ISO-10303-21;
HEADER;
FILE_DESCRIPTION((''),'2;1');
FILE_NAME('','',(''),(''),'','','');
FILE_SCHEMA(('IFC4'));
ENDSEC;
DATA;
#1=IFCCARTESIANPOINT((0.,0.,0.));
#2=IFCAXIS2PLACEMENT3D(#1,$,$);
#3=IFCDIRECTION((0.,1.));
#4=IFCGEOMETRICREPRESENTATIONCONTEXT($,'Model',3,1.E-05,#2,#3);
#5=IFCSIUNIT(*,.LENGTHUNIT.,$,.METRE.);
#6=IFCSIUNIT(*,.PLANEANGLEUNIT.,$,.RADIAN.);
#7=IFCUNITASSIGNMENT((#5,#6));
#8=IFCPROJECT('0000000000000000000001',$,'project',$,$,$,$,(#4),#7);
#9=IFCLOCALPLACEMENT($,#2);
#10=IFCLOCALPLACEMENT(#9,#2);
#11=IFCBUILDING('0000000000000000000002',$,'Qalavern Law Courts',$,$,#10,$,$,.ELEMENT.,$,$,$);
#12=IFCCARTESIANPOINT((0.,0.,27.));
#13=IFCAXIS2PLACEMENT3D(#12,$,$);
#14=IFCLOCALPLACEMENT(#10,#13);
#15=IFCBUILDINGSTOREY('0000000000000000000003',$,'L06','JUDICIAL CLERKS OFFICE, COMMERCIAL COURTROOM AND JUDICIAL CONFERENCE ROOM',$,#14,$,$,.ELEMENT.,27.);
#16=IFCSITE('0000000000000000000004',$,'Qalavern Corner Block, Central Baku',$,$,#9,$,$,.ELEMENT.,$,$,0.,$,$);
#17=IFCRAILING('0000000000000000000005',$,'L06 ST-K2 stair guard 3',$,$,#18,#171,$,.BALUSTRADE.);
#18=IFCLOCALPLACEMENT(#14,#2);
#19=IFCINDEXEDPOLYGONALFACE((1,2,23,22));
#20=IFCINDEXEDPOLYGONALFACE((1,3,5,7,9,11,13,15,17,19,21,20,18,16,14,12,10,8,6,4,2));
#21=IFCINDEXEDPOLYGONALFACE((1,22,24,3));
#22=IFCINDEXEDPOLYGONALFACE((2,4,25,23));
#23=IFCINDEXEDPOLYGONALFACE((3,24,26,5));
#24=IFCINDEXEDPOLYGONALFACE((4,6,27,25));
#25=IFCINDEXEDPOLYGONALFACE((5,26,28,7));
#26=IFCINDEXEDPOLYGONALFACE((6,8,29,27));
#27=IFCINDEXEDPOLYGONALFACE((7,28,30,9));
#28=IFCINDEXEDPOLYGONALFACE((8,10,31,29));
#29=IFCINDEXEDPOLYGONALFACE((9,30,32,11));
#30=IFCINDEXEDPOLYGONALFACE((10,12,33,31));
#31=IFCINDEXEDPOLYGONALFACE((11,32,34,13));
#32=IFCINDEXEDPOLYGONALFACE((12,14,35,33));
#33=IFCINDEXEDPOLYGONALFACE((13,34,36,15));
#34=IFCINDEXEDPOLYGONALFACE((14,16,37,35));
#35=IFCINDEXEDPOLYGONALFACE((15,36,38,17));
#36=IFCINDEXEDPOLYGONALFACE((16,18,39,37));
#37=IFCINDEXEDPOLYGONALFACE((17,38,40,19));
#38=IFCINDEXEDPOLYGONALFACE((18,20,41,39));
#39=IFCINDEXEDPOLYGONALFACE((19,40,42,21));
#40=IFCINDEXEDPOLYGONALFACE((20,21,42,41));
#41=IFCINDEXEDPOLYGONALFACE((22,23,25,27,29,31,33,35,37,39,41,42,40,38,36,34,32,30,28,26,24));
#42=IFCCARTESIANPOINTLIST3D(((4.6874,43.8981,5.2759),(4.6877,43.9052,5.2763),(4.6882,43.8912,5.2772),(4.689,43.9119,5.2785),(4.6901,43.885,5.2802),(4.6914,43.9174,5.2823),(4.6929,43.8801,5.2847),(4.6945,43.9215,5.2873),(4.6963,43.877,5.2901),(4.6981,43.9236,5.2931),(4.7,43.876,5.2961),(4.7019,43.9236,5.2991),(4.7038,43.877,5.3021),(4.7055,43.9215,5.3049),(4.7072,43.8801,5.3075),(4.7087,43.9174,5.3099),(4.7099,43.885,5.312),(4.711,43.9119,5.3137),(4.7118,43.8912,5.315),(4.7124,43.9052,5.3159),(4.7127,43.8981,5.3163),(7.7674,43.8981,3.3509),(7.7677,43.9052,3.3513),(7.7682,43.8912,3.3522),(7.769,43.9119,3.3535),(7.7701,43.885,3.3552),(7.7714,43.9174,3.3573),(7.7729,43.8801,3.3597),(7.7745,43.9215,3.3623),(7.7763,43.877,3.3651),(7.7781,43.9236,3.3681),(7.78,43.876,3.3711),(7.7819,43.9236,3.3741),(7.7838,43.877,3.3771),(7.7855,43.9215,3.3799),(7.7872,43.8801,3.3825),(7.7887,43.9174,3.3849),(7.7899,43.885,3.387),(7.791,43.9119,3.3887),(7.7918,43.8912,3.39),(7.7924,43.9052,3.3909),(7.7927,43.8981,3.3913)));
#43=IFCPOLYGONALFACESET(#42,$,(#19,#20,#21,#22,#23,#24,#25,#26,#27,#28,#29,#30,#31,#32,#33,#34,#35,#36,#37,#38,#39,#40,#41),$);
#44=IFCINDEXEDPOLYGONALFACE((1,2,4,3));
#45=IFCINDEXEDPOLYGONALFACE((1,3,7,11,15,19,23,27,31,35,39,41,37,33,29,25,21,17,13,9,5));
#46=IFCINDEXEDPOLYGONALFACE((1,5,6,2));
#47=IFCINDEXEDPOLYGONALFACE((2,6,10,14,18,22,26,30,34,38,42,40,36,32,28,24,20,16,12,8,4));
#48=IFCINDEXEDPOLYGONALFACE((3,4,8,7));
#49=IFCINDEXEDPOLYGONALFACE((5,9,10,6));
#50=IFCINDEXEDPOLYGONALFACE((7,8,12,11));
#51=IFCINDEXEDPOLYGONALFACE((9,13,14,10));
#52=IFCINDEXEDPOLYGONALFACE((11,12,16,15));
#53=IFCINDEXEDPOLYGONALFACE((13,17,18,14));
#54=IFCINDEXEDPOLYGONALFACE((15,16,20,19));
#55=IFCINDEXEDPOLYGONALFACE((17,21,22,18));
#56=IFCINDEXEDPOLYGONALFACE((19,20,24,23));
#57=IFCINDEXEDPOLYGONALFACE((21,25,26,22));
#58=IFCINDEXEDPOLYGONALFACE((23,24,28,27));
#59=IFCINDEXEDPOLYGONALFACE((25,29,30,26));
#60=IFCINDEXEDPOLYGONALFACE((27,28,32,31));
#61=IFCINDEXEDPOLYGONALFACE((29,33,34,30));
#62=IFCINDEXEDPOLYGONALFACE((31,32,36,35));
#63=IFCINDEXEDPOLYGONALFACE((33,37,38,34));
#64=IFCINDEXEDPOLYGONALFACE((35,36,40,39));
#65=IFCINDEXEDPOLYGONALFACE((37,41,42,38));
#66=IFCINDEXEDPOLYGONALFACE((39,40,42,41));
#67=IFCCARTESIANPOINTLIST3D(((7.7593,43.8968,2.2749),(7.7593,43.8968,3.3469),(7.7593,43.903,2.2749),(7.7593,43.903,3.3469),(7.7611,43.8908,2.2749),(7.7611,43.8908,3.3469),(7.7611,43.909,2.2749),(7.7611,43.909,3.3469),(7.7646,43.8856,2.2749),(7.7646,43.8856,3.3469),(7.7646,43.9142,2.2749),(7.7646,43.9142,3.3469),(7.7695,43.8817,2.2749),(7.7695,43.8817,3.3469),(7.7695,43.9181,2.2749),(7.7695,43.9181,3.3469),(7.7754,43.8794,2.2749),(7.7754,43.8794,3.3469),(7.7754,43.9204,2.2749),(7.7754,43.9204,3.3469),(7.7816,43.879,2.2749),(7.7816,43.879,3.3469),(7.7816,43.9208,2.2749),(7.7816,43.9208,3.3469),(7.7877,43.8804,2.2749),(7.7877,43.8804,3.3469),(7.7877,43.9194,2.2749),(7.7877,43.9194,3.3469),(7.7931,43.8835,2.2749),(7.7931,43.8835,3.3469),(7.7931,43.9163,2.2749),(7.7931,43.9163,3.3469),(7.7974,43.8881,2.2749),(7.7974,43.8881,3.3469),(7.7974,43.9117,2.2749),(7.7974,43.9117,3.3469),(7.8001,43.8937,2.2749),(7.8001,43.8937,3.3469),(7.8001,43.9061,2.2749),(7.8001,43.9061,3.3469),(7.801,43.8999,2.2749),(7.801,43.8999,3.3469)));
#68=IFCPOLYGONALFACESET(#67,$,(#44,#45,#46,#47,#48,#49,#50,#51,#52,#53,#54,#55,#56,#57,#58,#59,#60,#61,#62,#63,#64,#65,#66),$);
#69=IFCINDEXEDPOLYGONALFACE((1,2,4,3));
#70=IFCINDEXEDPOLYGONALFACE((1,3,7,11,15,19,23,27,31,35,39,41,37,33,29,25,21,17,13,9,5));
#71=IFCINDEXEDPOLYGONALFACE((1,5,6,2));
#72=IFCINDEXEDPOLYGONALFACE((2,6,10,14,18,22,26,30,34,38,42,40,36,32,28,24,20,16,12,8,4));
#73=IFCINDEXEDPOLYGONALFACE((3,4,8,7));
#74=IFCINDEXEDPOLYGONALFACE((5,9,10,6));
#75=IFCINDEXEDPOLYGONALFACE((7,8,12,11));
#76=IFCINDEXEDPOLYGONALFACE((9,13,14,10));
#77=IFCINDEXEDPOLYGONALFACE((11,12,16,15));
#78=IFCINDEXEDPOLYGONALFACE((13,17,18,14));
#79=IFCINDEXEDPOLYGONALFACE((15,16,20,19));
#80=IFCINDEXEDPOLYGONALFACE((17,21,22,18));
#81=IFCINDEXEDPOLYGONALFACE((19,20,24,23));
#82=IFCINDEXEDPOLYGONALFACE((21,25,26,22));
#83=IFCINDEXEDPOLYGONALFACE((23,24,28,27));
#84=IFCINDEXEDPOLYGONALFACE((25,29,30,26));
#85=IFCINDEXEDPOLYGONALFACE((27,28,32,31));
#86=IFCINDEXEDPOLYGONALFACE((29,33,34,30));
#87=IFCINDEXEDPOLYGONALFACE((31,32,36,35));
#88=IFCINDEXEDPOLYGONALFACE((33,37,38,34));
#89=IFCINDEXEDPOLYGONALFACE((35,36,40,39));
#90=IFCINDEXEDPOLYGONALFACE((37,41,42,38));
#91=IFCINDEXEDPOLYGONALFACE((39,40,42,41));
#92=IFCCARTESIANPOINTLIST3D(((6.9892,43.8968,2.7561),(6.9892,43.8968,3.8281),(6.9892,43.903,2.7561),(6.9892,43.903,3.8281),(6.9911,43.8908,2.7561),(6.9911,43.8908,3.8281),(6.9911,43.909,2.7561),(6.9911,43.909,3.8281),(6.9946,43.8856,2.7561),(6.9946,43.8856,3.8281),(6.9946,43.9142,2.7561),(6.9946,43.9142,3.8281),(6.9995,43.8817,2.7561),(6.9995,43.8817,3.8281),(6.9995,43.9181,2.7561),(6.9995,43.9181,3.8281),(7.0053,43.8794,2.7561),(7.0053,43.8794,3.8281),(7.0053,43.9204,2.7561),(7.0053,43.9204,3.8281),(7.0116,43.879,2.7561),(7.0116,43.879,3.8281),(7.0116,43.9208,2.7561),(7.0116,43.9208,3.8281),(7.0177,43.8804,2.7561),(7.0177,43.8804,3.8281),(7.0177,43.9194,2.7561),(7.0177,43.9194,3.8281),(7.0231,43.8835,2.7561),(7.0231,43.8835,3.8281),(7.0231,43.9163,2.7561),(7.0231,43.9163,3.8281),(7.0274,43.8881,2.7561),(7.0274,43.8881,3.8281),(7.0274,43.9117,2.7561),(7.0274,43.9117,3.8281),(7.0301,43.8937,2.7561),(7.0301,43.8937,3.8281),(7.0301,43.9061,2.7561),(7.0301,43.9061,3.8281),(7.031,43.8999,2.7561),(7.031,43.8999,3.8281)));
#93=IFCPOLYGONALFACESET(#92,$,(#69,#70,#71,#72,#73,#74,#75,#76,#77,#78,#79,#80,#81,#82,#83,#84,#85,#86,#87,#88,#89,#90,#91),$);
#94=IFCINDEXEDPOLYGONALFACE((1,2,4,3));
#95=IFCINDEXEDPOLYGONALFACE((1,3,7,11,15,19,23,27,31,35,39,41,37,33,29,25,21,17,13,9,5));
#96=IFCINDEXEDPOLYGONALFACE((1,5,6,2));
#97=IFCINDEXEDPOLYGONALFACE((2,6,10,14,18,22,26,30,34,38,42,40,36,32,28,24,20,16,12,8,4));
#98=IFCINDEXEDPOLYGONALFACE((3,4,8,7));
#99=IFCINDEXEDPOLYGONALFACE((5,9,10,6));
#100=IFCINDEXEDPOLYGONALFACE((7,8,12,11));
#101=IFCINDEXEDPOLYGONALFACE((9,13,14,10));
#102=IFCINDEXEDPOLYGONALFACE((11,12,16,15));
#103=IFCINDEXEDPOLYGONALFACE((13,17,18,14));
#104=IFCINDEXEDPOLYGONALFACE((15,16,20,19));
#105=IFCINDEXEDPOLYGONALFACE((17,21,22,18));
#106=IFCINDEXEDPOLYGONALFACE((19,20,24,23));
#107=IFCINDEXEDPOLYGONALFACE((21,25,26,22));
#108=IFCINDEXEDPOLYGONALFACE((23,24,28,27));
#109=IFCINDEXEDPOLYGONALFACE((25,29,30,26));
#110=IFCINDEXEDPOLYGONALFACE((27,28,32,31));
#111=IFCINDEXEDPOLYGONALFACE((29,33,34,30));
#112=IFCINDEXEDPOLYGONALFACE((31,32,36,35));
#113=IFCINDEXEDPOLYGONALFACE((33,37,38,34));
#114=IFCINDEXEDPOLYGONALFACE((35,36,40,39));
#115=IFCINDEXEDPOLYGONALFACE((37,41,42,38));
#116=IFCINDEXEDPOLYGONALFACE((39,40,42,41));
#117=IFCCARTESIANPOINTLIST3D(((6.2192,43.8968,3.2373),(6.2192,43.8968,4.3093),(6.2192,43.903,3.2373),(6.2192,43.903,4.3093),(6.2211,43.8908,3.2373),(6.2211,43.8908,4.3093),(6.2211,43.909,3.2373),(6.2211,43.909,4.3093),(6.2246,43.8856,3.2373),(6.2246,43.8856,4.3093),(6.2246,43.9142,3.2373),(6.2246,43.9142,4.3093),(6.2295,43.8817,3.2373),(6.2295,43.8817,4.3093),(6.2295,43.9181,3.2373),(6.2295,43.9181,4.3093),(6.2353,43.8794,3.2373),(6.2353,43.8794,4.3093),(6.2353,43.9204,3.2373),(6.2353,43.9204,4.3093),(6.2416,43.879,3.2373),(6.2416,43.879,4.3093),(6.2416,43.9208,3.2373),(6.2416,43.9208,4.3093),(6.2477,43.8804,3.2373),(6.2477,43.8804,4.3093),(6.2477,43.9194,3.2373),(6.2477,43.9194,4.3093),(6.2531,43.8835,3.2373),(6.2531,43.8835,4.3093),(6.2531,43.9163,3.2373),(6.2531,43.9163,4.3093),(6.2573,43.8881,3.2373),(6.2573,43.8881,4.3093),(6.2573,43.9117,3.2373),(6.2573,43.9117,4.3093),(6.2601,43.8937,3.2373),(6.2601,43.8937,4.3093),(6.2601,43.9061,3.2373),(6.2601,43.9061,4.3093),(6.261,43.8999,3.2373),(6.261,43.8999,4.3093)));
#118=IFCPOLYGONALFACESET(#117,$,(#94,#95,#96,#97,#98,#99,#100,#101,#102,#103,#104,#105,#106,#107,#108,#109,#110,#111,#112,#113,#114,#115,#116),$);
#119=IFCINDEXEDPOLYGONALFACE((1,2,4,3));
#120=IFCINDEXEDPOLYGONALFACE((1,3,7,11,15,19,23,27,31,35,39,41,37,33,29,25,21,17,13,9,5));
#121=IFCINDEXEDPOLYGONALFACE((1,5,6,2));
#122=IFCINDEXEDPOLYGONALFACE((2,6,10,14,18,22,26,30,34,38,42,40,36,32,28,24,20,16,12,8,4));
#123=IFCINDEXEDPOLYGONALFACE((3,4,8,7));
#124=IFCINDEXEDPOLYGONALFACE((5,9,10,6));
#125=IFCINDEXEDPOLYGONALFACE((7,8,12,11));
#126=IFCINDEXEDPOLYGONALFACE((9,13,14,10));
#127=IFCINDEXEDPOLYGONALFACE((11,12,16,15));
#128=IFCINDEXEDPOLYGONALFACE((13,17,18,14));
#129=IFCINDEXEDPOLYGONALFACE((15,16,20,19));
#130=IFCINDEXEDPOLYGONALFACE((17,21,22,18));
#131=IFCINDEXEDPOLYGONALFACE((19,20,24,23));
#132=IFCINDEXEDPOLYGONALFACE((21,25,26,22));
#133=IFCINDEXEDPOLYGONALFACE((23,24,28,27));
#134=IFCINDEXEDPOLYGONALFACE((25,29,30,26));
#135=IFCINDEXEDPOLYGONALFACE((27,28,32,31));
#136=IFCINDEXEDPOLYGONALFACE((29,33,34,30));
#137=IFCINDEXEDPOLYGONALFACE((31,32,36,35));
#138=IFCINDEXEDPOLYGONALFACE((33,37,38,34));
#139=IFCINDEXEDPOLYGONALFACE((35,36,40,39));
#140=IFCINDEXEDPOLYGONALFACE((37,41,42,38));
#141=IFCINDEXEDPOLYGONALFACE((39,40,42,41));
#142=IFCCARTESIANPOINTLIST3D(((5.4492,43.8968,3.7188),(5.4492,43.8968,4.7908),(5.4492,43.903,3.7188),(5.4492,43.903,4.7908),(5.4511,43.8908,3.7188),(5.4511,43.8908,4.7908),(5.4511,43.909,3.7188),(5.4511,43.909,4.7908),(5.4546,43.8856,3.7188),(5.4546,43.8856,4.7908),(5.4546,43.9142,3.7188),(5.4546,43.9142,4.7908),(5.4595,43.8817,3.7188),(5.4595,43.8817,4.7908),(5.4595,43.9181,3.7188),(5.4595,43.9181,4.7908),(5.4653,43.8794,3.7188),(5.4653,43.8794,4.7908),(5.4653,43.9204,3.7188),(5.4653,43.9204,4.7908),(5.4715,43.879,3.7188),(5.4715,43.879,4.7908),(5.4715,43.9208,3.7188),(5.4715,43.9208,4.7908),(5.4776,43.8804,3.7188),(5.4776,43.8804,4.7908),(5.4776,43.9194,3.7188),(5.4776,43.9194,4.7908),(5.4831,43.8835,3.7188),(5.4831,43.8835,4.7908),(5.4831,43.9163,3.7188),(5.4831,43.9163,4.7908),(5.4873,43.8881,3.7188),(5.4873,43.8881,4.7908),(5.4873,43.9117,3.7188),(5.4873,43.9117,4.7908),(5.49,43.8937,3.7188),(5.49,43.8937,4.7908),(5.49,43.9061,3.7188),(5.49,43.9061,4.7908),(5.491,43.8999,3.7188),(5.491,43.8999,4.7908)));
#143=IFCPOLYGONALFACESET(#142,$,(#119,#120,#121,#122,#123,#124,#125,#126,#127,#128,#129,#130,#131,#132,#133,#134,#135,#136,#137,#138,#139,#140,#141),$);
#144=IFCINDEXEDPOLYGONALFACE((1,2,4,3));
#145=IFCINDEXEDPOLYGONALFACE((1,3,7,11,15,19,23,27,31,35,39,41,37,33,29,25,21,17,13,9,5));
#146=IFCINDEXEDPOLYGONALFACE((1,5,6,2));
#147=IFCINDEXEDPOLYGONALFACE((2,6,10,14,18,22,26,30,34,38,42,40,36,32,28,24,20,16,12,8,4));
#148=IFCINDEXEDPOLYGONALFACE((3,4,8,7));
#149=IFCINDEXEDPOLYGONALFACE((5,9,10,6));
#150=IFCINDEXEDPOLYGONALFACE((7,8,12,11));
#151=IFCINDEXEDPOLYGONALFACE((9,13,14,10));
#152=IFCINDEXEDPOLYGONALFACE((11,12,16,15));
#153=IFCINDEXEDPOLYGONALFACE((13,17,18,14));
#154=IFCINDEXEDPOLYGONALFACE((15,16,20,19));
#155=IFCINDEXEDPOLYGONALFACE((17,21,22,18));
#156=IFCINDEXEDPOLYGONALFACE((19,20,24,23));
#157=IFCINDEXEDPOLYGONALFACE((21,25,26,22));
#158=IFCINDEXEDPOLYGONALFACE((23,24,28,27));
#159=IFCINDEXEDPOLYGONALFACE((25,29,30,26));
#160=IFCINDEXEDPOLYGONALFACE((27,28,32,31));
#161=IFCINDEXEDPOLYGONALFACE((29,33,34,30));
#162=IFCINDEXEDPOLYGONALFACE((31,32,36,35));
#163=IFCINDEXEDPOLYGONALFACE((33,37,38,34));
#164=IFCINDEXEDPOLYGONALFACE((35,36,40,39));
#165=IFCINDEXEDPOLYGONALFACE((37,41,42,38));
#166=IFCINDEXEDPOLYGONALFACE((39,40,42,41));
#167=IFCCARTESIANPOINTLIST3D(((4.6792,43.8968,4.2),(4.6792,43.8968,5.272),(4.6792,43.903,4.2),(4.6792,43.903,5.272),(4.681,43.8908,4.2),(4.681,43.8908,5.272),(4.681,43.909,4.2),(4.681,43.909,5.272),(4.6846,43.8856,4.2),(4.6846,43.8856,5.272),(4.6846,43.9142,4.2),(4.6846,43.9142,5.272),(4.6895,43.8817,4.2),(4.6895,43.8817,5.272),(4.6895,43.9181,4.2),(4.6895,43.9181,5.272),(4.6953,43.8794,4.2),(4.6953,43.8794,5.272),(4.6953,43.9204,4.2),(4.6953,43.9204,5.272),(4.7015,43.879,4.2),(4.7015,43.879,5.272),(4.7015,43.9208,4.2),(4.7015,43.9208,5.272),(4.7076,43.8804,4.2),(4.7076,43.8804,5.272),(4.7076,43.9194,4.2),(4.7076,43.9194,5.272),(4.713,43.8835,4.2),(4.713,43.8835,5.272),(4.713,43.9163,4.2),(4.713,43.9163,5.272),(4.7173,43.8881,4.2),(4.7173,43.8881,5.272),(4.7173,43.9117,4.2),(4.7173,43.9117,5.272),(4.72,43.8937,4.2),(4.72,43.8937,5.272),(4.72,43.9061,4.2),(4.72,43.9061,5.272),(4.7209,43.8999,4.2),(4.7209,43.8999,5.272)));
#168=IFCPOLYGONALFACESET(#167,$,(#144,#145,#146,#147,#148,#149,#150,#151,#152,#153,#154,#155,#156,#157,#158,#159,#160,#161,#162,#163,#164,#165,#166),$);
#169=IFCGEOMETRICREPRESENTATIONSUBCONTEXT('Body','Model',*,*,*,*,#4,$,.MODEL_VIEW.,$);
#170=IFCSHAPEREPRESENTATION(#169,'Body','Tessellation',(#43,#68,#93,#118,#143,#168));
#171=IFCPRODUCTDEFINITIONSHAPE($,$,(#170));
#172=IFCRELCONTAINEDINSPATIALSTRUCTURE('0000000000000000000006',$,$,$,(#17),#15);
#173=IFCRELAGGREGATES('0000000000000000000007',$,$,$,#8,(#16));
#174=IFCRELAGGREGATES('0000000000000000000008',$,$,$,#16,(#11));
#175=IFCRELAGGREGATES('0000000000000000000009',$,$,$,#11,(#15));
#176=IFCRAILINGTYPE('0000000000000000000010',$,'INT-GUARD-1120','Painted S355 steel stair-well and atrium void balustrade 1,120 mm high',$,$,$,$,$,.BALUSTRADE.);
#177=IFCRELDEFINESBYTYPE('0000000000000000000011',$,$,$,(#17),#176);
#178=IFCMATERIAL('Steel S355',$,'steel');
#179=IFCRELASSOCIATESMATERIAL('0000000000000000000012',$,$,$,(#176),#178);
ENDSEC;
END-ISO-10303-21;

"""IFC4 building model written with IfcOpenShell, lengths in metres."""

from ifc_helpers import new_model, si_unit, direction, frame, origin, origin_2d, place, context, subcontext, project, spatial, circle, extrude, material, type_object, element, save


model = new_model("IFC4")

# Units and contexts
model_context = context("Model", 3, precision=1e-05, world=origin(), true_north=direction((0.0, 1.0)))
body_context = subcontext(model_context, "Body", "Model", "MODEL_VIEW")
ifc_project = project(units=[si_unit("LENGTHUNIT", "METRE"), si_unit("PLANEANGLEUNIT", "RADIAN")], contexts=[model_context])

# Site, building, storey
site_placement = place(None, origin())
site = spatial("IfcSite", under=ifc_project, at=site_placement, Name="Qalavern Corner Block, Central Baku", CompositionType="ELEMENT", RefElevation=0.0)
building_placement = place(site_placement, origin())
building = spatial("IfcBuilding", under=site, at=building_placement, Name="Qalavern Law Courts", CompositionType="ELEMENT")
storey_placement = place(building_placement, frame((0.0, 0.0, 27.0)))
storey = spatial("IfcBuildingStorey", under=building, at=storey_placement, Name="L06", Description="JUDICIAL CLERKS OFFICE, COMMERCIAL COURTROOM AND JUDICIAL CONFERENCE ROOM", CompositionType="ELEMENT", Elevation=27.0)

# Shared definitions
ifc_material_1 = material(Name="Steel S355", Category="steel")

# Railing
railing_type_1 = type_object("IfcRailingType", Name="INT-GUARD-1120", Description="Painted S355 steel stair-well and atrium void balustrade 1,120 mm high", PredefinedType="BALUSTRADE", material=ifc_material_1)
railing_1_placement = place(storey_placement, frame((7.78, 43.8999, 2.2749)))
element("IfcRailing", 1, at=railing_1_placement, inside=storey, type_object=railing_type_1, Name="L06 ST-K2 stair guard 3", PredefinedType="BALUSTRADE", context=body_context, shape_type="SweptSolid", body=[
    extrude(circle(Radius=0.0239, at=origin_2d()), frame((0.0, 0.0, 1.0962), z_axis=(-0.847998, 0.0, 0.529999), x_axis=(0.0, -1.0, 0.0)), (0.0, 0.0, 1.0), 3.6321),
    extrude(circle(Radius=0.021, at=origin_2d()), origin(), (0.0, 0.0, 1.0), 1.072),
    extrude(circle(Radius=0.021, at=origin_2d()), frame((-0.77, 0.0, 0.4812)), (0.0, 0.0, 1.0), 1.072),
    extrude(circle(Radius=0.021, at=origin_2d()), frame((-1.54, 0.0, 0.9624)), (0.0, 0.0, 1.0), 1.072),
    extrude(circle(Radius=0.021, at=origin_2d()), frame((-2.3101, 0.0, 1.4438)), (0.0, 0.0, 1.0), 1.072),
    extrude(circle(Radius=0.021, at=origin_2d()), frame((-3.0801, 0.0, 1.925)), (0.0, 0.0, 1.0), 1.072),
])

save(model, "model.ifc")
